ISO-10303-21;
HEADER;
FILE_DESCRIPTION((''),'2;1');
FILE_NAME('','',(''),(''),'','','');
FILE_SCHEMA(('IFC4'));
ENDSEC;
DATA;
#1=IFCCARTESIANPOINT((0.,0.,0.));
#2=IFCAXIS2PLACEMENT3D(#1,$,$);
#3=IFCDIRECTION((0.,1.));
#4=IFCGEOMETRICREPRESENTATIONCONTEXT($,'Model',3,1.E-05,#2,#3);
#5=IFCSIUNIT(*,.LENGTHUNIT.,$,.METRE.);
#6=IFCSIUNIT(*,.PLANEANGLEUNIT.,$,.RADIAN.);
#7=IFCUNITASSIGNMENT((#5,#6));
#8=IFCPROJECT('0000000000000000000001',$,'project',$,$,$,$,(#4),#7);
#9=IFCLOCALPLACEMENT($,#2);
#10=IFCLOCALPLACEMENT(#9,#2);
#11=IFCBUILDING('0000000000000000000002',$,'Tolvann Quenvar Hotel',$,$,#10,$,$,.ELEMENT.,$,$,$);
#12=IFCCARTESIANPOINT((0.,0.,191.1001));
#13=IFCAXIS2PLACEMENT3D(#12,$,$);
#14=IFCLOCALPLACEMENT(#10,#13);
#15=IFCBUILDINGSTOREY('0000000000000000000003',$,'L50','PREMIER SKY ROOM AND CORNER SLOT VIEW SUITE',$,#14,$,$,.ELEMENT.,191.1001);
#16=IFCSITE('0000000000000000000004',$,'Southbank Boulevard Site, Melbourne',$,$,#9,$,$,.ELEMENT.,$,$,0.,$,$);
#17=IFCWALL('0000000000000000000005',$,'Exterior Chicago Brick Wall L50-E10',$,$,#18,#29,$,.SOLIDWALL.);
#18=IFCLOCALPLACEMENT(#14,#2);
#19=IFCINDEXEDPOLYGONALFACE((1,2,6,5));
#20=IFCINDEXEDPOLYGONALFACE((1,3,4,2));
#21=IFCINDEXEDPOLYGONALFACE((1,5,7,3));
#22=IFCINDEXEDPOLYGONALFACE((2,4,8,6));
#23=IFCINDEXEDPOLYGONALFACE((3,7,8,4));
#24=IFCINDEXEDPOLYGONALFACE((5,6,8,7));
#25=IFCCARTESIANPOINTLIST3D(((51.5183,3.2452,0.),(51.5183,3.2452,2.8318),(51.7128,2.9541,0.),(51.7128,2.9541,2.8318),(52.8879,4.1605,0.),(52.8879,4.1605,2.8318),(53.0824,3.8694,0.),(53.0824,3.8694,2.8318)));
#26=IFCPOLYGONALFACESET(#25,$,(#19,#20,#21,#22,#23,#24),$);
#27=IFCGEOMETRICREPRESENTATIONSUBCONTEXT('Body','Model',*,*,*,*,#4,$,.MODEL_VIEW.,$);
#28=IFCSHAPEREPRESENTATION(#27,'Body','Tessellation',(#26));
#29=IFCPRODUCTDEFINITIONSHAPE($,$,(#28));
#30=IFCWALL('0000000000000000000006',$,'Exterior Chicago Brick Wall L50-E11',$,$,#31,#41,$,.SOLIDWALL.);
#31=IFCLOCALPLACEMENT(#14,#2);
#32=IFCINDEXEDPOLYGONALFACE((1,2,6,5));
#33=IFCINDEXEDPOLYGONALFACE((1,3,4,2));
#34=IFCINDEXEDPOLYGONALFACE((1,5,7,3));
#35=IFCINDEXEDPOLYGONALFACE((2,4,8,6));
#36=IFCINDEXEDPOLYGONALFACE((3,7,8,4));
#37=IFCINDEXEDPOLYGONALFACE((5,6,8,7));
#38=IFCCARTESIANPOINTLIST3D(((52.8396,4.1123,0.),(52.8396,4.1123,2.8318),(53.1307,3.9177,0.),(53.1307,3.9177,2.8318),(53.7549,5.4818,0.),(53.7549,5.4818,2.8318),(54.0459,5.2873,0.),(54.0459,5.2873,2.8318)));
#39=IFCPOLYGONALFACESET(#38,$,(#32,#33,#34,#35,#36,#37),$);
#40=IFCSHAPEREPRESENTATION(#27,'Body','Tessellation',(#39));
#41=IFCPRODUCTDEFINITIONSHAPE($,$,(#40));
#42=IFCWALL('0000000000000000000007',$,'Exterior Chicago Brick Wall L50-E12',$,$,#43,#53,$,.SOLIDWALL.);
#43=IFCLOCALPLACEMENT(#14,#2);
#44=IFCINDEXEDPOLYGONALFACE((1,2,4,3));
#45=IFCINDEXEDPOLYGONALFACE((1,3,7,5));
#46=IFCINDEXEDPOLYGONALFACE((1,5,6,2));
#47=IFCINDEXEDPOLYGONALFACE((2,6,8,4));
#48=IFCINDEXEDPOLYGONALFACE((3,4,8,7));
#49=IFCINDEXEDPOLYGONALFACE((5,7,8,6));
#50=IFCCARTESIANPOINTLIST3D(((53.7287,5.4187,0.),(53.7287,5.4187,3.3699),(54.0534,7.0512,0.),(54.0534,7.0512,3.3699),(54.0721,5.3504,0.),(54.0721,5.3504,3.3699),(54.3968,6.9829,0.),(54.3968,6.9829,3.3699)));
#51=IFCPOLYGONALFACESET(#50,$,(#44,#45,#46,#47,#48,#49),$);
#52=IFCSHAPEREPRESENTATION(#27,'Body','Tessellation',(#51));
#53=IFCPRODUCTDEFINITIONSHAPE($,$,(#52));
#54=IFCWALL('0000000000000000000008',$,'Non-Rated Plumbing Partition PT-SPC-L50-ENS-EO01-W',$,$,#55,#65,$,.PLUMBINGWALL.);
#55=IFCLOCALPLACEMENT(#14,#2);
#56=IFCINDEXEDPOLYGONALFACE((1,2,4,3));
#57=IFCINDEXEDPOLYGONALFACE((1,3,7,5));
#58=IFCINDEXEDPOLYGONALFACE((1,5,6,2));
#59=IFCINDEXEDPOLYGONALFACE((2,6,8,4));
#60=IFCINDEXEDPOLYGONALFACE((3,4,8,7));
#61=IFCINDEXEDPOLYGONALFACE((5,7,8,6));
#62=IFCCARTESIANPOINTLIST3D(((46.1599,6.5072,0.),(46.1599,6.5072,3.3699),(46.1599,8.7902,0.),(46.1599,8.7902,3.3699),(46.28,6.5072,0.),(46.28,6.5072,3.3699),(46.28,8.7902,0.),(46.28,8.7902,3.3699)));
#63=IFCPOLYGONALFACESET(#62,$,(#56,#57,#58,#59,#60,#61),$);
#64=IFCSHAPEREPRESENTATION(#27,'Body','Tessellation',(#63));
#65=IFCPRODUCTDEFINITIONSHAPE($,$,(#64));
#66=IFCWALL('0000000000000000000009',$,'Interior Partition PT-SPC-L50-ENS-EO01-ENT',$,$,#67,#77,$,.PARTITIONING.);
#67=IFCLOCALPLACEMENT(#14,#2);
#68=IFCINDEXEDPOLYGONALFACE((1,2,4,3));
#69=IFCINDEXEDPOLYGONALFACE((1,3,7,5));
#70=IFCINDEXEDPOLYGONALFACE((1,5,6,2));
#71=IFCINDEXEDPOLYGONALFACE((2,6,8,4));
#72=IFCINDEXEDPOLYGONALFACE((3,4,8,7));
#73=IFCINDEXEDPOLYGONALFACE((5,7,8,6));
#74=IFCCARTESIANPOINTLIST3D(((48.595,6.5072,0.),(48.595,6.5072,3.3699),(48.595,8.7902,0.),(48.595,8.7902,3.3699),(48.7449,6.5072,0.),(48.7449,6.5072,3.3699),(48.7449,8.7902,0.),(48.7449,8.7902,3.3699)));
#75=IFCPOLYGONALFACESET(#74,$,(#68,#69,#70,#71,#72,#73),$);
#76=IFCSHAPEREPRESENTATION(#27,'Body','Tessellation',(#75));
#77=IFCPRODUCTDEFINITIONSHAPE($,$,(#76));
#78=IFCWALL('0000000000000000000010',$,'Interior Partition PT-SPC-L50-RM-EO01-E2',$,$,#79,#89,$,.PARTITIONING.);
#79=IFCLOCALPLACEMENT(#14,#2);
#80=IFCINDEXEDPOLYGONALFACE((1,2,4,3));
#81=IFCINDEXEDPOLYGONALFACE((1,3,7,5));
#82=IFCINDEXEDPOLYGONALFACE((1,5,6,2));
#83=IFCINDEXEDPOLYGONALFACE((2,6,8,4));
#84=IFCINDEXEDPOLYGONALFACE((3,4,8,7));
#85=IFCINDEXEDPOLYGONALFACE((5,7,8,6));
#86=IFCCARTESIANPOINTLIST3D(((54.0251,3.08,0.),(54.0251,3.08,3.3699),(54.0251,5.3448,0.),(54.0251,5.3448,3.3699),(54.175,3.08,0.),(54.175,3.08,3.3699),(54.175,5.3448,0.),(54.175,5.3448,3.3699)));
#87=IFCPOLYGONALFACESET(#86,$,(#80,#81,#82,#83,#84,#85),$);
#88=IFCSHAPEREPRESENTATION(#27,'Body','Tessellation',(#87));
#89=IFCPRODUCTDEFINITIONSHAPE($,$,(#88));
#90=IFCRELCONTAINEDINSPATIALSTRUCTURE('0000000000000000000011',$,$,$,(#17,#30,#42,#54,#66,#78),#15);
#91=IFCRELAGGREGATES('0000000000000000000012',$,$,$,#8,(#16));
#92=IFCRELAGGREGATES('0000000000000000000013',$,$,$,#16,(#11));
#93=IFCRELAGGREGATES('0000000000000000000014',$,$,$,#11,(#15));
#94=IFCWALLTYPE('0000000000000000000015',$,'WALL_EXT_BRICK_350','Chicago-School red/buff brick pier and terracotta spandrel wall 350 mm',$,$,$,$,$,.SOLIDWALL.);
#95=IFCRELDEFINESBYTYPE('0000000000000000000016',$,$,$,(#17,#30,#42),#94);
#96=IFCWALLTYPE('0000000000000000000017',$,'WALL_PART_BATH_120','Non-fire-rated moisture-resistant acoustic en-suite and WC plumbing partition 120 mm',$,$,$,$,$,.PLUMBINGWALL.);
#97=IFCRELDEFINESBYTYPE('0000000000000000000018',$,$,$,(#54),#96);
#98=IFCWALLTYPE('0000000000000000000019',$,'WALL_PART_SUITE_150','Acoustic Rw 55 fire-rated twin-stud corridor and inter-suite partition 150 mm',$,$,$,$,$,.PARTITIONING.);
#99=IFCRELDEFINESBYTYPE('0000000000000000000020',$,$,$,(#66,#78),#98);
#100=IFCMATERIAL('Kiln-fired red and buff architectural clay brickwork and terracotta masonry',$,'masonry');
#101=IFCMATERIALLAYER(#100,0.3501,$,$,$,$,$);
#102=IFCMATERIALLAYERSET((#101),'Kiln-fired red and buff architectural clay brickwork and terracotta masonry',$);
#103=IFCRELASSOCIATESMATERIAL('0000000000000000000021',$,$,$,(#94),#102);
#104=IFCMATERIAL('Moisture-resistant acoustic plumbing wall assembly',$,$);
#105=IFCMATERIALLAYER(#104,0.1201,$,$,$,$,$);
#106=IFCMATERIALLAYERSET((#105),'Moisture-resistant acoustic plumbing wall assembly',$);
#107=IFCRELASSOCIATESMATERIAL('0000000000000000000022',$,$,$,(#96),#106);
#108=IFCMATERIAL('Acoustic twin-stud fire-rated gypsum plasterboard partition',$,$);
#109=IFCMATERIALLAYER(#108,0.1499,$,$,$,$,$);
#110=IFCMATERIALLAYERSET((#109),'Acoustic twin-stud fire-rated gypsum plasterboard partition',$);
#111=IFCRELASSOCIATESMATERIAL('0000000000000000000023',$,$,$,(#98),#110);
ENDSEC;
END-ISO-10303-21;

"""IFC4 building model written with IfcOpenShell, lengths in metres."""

from ifc_helpers import new_model, si_unit, direction, frame, frame_2d, origin, place, context, subcontext, project, spatial, rectangle, extrude, material, layer, layer_set, type_object, element, save


model = new_model("IFC4")

# Units and contexts
model_context = context("Model", 3, precision=1e-05, world=origin(), true_north=direction((0.0, 1.0)))
body_context = subcontext(model_context, "Body", "Model", "MODEL_VIEW")
ifc_project = project(units=[si_unit("LENGTHUNIT", "METRE"), si_unit("PLANEANGLEUNIT", "RADIAN")], contexts=[model_context])

# Site, building, storey
site_placement = place(None, origin())
site = spatial("IfcSite", under=ifc_project, at=site_placement, Name="Southbank Boulevard Site, Melbourne", CompositionType="ELEMENT", RefElevation=0.0)
building_placement = place(site_placement, origin())
building = spatial("IfcBuilding", under=site, at=building_placement, Name="Tolvann Quenvar Hotel", CompositionType="ELEMENT")
storey_placement = place(building_placement, frame((0.0, 0.0, 191.1001)))
storey = spatial("IfcBuildingStorey", under=building, at=storey_placement, Name="L50", Description="PREMIER SKY ROOM AND CORNER SLOT VIEW SUITE", CompositionType="ELEMENT", Elevation=191.1001)

# Walls
ifc_material_1 = material(Name="Kiln-fired red and buff architectural clay brickwork and terracotta masonry", Category="masonry")
ifc_layer_1 = layer(ifc_material_1, 0.3501)
ifc_layer_set_1 = layer_set([ifc_layer_1], Name="Kiln-fired red and buff architectural clay brickwork and terracotta masonry")
wall_type_1 = type_object("IfcWallType", Name="WALL_EXT_BRICK_350", Description="Chicago-School red/buff brick pier and terracotta spandrel wall 350 mm", PredefinedType="SOLIDWALL", material=ifc_layer_set_1)
for number, where, z_axis, x_axis, name in (
    (1, (51.6155, 3.0996, 0.0), (0.0, 0.0, 1.0), (0.831434, 0.555623, 0.0), "Exterior Chicago Brick Wall L50-E10"),
    (2, (52.9851, 4.0149, 0.0), (0.0, 0.0, 1.0), (0.555623, 0.831434, 0.0), "Exterior Chicago Brick Wall L50-E11"),
):
    element("IfcWall", number, at=place(storey_placement, frame(where, z_axis=z_axis, x_axis=x_axis)), inside=storey, type_object=wall_type_1, Name=name, PredefinedType="SOLIDWALL", context=body_context, shape_type="SweptSolid", body=[
        extrude(rectangle(XDim=1.6472, YDim=0.3501, at=frame_2d((0.8237, 0.0))), origin(), (0.0, 0.0, 1.0), 2.8318),
    ])
wall_1_placement = place(storey_placement, frame((53.9004, 5.3845, 0.0), z_axis=(0.0, 0.0, 1.0), x_axis=(0.195072, 0.980789, 0.0)))
element("IfcWall", 3, at=wall_1_placement, inside=storey, type_object=wall_type_1, Name="Exterior Chicago Brick Wall L50-E12", PredefinedType="SOLIDWALL", context=body_context, shape_type="SweptSolid", body=[
    extrude(rectangle(XDim=1.6646, YDim=0.3501, at=frame_2d((0.8323, 0.0))), origin(), (0.0, 0.0, 1.0), 3.3699),
])
ifc_material_2 = material(Name="Moisture-resistant acoustic plumbing wall assembly")
ifc_layer_2 = layer(ifc_material_2, 0.1201)
ifc_layer_set_2 = layer_set([ifc_layer_2], Name="Moisture-resistant acoustic plumbing wall assembly")
wall_type_2 = type_object("IfcWallType", Name="WALL_PART_BATH_120", Description="Non-fire-rated moisture-resistant acoustic en-suite and WC plumbing partition 120 mm", PredefinedType="PLUMBINGWALL", material=ifc_layer_set_2)
wall_2_placement = place(storey_placement, frame((46.22, 6.5071, 0.0), z_axis=(0.0, 0.0, 1.0), x_axis=(0.0, 1.0, 0.0)))
element("IfcWall", 4, at=wall_2_placement, inside=storey, type_object=wall_type_2, Name="Non-Rated Plumbing Partition PT-SPC-L50-ENS-EO01-W", PredefinedType="PLUMBINGWALL", context=body_context, shape_type="SweptSolid", body=[
    extrude(rectangle(XDim=2.283, YDim=0.1201, at=frame_2d((1.1416, 0.0))), origin(), (0.0, 0.0, 1.0), 3.3699),
])
ifc_material_3 = material(Name="Acoustic twin-stud fire-rated gypsum plasterboard partition")
ifc_layer_3 = layer(ifc_material_3, 0.1499)
ifc_layer_set_3 = layer_set([ifc_layer_3], Name="Acoustic twin-stud fire-rated gypsum plasterboard partition")
wall_type_3 = type_object("IfcWallType", Name="WALL_PART_SUITE_150", Description="Acoustic Rw 55 fire-rated twin-stud corridor and inter-suite partition 150 mm", PredefinedType="PARTITIONING", material=ifc_layer_set_3)
wall_3_placement = place(storey_placement, frame((48.6699, 6.5071, 0.0), z_axis=(0.0, 0.0, 1.0), x_axis=(0.0, 1.0, 0.0)))
element("IfcWall", 5, at=wall_3_placement, inside=storey, type_object=wall_type_3, Name="Interior Partition PT-SPC-L50-ENS-EO01-ENT", PredefinedType="PARTITIONING", context=body_context, shape_type="SweptSolid", body=[
    extrude(rectangle(XDim=2.283, YDim=0.1499, at=frame_2d((1.1416, 0.0))), origin(), (0.0, 0.0, 1.0), 3.3699),
])

# Wall
wall_4_placement = place(storey_placement, frame((54.1001, 3.0801, 0.0), z_axis=(0.0, 0.0, 1.0), x_axis=(0.0, 1.0, 0.0)))
element("IfcWall", 6, at=wall_4_placement, inside=storey, type_object=wall_type_3, Name="Interior Partition PT-SPC-L50-RM-EO01-E2", PredefinedType="PARTITIONING", context=body_context, shape_type="SweptSolid", body=[
    extrude(rectangle(XDim=2.2649, YDim=0.1499, at=frame_2d((1.1323, 0.0))), origin(), (0.0, 0.0, 1.0), 3.3699),
])

save(model, "model.ifc")
